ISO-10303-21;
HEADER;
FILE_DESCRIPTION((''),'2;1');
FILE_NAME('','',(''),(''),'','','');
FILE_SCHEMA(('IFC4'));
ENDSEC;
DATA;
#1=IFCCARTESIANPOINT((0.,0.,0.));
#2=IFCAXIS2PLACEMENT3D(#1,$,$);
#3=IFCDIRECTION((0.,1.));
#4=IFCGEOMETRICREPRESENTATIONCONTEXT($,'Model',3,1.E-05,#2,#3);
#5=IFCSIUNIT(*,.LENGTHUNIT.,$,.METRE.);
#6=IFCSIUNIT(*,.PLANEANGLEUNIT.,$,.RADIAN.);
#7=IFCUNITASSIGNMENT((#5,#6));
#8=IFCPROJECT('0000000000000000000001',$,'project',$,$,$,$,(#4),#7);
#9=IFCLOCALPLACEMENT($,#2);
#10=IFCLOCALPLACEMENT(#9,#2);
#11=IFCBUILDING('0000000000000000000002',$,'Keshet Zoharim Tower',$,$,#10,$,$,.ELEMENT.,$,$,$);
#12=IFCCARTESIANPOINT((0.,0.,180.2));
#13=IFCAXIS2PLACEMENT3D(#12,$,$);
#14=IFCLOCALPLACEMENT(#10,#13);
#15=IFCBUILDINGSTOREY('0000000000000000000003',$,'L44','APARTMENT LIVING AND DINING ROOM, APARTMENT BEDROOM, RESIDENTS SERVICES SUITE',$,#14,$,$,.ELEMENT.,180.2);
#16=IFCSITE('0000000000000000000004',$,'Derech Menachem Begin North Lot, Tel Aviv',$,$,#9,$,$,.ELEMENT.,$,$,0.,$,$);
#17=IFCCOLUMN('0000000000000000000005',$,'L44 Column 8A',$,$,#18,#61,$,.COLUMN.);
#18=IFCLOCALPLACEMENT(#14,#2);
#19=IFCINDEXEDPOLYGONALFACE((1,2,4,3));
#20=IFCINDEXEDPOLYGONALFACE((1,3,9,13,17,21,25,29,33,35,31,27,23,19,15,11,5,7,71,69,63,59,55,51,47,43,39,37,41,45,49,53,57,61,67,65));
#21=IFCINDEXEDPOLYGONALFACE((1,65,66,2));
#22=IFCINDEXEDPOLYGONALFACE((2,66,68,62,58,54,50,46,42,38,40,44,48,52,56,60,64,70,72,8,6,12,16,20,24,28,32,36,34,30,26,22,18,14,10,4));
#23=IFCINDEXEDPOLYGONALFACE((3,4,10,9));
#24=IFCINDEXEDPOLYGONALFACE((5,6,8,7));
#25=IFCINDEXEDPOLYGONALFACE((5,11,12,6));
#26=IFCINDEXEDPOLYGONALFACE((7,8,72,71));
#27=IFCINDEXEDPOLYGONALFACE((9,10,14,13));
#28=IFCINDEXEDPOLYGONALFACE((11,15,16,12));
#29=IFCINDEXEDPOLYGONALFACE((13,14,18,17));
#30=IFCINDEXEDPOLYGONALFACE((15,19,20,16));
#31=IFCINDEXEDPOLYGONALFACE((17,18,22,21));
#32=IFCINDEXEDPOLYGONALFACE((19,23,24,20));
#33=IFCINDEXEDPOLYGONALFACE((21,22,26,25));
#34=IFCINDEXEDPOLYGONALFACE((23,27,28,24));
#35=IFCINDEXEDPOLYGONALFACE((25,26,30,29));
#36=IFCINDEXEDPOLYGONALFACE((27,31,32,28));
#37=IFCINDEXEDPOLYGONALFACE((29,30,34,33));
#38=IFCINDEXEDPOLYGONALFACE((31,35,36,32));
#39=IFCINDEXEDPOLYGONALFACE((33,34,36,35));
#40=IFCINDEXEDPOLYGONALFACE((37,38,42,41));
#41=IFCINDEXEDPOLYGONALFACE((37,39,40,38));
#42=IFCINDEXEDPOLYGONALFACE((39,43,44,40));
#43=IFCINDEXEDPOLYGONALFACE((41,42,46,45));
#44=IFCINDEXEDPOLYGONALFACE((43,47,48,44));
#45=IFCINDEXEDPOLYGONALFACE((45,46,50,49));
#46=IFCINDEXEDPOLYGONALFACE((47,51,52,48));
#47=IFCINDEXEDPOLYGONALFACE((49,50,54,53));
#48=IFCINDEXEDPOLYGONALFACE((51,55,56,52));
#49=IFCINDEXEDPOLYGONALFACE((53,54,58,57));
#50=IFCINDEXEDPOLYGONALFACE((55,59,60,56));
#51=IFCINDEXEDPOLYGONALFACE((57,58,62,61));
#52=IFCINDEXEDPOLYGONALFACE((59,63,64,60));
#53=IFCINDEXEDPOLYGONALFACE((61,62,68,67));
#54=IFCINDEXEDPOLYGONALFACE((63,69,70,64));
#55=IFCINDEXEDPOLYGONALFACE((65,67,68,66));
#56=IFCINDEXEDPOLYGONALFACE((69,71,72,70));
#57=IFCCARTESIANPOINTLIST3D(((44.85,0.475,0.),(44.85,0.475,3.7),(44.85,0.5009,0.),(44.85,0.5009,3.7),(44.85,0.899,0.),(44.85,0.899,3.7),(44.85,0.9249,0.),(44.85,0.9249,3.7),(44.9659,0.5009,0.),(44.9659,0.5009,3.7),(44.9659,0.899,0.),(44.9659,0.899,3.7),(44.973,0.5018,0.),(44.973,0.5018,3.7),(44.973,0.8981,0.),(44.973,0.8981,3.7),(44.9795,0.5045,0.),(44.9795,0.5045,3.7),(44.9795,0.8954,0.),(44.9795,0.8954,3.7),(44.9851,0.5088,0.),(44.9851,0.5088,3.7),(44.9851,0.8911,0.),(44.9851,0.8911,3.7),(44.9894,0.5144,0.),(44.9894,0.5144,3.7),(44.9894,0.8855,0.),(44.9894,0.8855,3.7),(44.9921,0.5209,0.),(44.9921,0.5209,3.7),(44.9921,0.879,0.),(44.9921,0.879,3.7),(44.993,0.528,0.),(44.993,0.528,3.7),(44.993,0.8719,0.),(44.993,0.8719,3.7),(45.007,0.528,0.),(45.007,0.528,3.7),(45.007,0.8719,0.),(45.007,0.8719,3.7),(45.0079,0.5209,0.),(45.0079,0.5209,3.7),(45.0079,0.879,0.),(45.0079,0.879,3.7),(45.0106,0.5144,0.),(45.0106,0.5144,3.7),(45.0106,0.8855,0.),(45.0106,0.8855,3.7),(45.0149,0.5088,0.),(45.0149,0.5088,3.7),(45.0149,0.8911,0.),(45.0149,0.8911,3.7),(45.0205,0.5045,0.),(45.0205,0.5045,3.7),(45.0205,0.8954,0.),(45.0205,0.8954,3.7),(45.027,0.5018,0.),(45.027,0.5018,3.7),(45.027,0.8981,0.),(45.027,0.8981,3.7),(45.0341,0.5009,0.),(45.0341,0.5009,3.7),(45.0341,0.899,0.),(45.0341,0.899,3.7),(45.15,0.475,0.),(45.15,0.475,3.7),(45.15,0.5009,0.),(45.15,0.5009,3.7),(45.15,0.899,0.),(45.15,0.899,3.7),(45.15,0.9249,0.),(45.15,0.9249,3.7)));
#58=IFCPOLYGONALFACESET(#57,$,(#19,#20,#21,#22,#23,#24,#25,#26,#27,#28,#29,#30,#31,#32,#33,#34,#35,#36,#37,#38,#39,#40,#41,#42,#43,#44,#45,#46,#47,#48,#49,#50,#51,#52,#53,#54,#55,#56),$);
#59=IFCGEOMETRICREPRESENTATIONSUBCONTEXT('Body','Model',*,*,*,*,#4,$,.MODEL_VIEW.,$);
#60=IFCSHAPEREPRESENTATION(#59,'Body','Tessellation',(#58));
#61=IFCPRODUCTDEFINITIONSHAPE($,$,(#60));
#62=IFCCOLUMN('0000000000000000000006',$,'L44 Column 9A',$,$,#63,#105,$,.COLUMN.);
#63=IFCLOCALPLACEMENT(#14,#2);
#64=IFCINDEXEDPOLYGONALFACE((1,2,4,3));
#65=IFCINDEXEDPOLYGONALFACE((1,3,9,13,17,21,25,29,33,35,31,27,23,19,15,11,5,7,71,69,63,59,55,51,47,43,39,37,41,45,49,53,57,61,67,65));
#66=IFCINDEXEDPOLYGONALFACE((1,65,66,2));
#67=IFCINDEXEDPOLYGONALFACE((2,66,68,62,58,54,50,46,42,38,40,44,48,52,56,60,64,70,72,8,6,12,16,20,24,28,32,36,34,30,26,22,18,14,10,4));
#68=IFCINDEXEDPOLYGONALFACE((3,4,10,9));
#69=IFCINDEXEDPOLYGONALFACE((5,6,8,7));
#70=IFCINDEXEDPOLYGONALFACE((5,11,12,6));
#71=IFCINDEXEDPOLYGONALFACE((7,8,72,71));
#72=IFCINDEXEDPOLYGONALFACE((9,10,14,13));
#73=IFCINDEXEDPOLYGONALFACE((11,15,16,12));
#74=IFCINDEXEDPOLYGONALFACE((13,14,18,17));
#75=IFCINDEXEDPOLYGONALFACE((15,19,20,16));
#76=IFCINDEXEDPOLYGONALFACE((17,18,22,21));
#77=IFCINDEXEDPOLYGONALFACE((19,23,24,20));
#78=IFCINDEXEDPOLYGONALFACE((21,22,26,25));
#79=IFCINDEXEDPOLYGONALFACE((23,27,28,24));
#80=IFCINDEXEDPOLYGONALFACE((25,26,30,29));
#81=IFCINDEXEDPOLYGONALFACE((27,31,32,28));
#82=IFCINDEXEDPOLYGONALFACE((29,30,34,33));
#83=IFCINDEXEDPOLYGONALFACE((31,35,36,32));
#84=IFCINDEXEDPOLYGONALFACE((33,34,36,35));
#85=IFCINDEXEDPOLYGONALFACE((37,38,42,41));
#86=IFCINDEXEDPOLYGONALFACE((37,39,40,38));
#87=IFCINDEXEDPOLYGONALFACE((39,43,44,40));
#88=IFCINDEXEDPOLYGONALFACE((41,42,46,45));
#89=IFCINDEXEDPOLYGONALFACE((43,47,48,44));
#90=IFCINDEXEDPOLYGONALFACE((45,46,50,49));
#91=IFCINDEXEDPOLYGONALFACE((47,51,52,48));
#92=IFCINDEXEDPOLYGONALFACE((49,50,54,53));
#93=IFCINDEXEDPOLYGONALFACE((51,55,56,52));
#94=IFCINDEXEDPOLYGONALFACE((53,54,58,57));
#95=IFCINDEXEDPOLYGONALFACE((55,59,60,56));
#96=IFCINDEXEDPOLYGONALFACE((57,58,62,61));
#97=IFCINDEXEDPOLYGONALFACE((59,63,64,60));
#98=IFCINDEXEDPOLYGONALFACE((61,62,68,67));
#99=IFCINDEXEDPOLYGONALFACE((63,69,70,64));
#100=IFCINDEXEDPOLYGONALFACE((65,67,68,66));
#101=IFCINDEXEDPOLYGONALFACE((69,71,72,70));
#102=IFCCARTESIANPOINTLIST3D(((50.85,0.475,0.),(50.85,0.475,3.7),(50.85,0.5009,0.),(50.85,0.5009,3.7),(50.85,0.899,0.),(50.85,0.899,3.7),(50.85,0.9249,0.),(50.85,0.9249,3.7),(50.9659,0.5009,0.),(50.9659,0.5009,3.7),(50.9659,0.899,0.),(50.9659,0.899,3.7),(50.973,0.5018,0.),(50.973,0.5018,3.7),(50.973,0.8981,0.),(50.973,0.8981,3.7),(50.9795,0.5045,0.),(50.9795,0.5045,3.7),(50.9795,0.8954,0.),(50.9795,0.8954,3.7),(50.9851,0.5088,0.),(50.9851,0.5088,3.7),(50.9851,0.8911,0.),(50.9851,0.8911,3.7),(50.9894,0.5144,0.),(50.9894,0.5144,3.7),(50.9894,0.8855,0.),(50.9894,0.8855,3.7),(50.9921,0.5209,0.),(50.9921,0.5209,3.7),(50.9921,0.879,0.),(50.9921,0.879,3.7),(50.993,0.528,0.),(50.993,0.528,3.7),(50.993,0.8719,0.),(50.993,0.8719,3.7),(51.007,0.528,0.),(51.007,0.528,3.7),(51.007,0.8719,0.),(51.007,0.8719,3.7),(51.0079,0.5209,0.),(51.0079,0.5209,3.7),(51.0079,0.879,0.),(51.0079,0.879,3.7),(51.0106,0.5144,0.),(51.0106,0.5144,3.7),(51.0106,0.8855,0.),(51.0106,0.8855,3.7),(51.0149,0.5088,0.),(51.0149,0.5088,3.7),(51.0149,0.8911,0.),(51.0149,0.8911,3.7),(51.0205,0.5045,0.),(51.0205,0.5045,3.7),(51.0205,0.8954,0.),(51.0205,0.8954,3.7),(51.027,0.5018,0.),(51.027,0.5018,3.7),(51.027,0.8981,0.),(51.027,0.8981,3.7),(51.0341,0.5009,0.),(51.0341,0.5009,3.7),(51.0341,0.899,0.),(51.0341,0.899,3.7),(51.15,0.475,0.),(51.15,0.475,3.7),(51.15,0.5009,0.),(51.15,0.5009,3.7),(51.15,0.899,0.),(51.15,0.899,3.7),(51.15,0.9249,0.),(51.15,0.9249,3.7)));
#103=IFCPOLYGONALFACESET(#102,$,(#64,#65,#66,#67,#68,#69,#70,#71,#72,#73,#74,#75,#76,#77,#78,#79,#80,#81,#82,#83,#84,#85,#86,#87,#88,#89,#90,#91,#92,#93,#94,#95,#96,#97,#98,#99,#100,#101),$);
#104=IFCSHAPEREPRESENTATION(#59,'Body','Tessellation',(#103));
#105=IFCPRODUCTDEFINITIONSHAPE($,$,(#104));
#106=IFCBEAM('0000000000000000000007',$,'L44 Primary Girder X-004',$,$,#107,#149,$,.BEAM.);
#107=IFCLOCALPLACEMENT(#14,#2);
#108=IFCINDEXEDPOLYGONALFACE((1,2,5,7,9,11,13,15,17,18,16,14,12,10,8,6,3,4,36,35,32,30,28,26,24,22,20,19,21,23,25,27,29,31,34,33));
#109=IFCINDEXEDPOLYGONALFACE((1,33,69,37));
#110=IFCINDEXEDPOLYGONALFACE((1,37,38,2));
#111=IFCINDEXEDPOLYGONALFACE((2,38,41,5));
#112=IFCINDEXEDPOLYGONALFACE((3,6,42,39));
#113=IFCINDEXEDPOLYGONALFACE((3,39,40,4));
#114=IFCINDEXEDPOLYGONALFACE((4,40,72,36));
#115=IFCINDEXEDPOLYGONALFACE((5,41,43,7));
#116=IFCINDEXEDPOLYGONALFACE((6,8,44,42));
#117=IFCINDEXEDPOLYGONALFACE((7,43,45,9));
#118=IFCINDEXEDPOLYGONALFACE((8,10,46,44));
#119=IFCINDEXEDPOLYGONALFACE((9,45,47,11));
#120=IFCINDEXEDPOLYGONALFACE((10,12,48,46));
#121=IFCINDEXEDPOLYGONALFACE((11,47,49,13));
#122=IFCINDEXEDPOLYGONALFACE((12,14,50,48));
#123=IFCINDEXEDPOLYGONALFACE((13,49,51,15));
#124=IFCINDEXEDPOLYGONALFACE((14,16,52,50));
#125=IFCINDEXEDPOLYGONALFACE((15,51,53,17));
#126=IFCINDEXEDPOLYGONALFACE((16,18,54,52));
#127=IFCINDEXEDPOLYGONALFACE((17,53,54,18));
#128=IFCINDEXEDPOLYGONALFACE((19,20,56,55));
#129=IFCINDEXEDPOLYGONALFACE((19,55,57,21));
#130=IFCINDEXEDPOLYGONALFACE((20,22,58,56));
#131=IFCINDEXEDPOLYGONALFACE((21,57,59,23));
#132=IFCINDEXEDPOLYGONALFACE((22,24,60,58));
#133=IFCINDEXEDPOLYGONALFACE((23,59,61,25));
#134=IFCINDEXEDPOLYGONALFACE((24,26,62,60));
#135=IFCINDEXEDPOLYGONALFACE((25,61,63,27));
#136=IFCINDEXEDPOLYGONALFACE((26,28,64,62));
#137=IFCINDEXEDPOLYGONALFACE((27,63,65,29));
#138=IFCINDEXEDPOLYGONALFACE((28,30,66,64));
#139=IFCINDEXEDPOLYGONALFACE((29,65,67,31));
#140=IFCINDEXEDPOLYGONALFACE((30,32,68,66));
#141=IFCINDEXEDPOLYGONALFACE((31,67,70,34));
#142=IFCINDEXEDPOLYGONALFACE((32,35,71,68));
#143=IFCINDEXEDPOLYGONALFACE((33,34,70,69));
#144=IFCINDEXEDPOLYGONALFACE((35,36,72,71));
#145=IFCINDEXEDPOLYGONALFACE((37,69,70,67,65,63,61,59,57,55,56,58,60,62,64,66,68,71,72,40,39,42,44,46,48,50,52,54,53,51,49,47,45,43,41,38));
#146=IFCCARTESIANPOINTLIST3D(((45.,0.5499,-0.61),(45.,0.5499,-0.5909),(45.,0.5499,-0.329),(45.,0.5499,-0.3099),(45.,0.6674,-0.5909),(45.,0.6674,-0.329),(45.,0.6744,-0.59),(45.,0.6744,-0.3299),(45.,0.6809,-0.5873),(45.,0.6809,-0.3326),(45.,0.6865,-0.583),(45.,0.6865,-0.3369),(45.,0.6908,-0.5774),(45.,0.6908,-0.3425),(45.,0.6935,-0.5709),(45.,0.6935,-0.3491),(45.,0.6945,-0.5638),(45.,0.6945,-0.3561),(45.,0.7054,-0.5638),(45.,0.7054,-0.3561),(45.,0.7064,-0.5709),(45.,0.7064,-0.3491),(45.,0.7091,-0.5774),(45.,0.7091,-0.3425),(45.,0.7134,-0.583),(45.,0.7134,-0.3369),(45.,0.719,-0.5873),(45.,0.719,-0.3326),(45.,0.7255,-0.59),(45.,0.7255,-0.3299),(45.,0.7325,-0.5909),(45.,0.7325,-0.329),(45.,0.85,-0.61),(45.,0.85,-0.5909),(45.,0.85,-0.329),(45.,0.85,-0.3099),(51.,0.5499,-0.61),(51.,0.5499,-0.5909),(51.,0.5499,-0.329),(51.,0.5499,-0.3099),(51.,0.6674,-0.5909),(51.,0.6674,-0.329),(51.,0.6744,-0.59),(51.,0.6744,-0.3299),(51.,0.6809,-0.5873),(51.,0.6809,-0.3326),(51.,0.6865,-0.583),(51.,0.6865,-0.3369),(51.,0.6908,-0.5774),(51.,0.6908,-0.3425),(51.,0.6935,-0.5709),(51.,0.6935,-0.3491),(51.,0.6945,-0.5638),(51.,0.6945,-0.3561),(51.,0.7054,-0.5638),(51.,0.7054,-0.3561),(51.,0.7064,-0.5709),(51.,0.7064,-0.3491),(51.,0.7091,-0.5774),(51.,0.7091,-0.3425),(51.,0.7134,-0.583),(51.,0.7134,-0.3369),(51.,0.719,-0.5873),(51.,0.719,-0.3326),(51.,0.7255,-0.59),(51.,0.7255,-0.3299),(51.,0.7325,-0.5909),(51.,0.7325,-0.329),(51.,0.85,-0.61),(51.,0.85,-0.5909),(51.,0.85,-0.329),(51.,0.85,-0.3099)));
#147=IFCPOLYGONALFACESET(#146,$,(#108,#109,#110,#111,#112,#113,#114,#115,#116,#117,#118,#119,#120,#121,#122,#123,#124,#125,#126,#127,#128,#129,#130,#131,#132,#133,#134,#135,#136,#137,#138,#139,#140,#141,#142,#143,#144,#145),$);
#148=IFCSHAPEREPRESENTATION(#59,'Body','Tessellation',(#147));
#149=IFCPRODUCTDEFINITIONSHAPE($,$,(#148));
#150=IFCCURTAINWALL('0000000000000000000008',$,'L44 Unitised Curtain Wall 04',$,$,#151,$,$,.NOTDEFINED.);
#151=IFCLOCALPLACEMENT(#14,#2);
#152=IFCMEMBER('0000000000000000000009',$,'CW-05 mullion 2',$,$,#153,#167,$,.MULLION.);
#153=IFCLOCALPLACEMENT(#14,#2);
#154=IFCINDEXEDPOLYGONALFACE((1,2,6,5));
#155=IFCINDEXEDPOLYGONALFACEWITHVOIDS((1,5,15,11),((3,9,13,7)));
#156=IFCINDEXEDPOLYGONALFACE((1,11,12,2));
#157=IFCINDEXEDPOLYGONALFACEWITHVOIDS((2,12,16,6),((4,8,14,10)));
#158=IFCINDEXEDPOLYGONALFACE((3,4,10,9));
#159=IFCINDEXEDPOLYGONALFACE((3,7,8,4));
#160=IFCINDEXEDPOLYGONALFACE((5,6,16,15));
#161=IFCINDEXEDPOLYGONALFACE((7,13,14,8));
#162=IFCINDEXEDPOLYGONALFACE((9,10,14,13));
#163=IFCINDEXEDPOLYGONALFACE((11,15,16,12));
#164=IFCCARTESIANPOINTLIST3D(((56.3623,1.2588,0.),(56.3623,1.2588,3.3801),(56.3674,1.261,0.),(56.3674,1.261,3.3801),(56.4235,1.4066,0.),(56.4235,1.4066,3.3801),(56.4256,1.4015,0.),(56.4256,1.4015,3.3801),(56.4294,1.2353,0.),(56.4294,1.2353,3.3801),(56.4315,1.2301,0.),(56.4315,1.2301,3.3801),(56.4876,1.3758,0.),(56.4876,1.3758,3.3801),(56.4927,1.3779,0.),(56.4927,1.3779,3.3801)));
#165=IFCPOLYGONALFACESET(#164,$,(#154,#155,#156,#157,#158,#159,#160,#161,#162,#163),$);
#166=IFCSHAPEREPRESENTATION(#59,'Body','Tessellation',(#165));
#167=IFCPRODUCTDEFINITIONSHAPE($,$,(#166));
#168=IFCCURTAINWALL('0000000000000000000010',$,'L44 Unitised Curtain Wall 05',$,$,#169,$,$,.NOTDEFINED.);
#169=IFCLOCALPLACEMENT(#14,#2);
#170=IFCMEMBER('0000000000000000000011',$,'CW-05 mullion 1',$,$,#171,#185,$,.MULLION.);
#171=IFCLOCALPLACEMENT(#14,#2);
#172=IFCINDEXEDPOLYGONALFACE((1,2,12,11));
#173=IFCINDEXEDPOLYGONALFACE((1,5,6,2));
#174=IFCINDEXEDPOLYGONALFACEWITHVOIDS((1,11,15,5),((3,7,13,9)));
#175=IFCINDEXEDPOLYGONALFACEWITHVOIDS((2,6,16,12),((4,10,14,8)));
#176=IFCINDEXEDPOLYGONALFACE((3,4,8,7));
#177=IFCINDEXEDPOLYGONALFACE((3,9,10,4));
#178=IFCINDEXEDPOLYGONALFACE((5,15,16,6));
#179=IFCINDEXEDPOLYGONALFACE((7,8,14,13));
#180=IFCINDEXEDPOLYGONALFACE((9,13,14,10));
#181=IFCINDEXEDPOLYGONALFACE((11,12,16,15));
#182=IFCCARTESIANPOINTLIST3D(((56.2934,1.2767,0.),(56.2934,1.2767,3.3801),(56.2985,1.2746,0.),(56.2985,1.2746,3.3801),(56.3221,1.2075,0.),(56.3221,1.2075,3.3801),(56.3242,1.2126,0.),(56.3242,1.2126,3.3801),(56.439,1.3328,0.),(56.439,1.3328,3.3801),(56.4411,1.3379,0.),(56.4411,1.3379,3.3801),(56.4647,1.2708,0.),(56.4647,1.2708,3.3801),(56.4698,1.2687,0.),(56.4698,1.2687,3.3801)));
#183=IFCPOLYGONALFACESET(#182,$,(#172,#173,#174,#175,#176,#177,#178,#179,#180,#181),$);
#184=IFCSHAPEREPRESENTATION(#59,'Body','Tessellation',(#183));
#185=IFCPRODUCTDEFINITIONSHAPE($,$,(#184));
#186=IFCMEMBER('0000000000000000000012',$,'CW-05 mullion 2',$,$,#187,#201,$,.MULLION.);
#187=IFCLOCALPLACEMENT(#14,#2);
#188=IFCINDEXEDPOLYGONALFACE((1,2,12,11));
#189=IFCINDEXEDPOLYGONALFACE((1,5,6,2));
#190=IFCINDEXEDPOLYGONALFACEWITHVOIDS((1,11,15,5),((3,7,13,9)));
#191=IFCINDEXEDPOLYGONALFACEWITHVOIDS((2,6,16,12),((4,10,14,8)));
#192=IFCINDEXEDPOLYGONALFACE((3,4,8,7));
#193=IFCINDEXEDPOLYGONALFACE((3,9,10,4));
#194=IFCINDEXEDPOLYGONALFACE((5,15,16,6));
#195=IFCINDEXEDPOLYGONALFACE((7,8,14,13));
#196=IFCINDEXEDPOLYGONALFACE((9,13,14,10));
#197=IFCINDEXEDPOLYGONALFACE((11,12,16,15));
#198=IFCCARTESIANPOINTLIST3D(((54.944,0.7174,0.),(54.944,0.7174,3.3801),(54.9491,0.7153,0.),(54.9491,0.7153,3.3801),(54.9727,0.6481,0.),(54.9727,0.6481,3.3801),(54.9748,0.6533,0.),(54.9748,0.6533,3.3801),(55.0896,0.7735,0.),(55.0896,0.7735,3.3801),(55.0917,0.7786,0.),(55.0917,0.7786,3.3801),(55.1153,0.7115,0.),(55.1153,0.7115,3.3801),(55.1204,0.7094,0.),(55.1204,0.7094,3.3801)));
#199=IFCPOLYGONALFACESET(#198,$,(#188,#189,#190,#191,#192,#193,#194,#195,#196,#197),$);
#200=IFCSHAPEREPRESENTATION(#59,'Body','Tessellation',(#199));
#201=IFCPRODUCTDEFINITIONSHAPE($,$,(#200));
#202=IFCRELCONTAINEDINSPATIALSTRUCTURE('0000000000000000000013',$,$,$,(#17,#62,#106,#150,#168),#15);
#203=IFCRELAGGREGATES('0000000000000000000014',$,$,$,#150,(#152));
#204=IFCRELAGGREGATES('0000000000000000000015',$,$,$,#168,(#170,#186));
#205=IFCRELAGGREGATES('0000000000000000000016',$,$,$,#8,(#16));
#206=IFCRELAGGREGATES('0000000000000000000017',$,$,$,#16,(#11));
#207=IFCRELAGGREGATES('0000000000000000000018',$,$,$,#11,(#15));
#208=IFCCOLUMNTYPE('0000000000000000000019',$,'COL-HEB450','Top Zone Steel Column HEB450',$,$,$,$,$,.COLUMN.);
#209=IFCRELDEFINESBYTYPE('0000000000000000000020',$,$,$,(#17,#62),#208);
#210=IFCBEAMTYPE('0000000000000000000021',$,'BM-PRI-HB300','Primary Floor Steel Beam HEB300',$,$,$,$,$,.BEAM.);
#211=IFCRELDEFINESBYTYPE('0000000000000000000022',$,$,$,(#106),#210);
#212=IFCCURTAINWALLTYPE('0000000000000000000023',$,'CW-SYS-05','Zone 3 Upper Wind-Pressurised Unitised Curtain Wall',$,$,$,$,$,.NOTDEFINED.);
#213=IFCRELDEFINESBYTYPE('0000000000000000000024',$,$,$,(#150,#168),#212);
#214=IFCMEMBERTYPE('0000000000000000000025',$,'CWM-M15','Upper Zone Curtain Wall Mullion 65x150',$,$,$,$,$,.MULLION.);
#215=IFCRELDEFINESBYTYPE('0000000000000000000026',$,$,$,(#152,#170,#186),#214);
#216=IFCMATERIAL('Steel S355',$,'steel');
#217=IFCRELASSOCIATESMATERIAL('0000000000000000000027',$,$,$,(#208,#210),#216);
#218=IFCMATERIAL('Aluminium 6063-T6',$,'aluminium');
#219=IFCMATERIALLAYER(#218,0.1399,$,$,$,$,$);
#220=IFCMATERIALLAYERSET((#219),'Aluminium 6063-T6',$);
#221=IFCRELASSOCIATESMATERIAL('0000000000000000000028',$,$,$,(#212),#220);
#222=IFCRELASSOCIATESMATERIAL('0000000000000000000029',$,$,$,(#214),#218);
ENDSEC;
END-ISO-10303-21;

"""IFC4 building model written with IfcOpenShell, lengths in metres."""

from ifc_helpers import new_model, si_unit, direction, frame, origin, origin_2d, place, context, subcontext, project, spatial, hollow_rectangle, i_section, extrude, material, layer, layer_set, material_profile, profile_set, type_object, element, aggregate, save


model = new_model("IFC4")

# Units and contexts
model_context = context("Model", 3, precision=1e-05, world=origin(), true_north=direction((0.0, 1.0)))
body_context = subcontext(model_context, "Body", "Model", "MODEL_VIEW")
ifc_project = project(units=[si_unit("LENGTHUNIT", "METRE"), si_unit("PLANEANGLEUNIT", "RADIAN")], contexts=[model_context])

# Site, building, storey
site_placement = place(None, origin())
site = spatial("IfcSite", under=ifc_project, at=site_placement, Name="Derech Menachem Begin North Lot, Tel Aviv", CompositionType="ELEMENT", RefElevation=0.0)
building_placement = place(site_placement, origin())
building = spatial("IfcBuilding", under=site, at=building_placement, Name="Keshet Zoharim Tower", CompositionType="ELEMENT")
storey_placement = place(building_placement, frame((0.0, 0.0, 180.2)))
storey = spatial("IfcBuildingStorey", under=building, at=storey_placement, Name="L44", Description="APARTMENT LIVING AND DINING ROOM, APARTMENT BEDROOM, RESIDENTS SERVICES SUITE", CompositionType="ELEMENT", Elevation=180.2)

# Columns
ifc_material_1 = material(Name="Steel S355", Category="steel")
ifc_material_profile_1 = material_profile(ifc_material_1, i_section(OverallWidth=0.3, OverallDepth=0.45, WebThickness=0.0139, FlangeThickness=0.0259, FilletRadius=0.0271, at=origin_2d()), Name="HEB450")
ifc_profile_set_1 = profile_set([ifc_material_profile_1], Name="Steel S355")
column_type = type_object("IfcColumnType", Name="COL-HEB450", Description="Top Zone Steel Column HEB450", PredefinedType="COLUMN", material=ifc_profile_set_1)
for number, where, z_axis, x_axis, name in (
    (1, (45.0, 0.7, 0.0), (0.0, 0.0, 1.0), (1.0, 0.0, 0.0), "L44 Column 8A"),
    (2, (51.0, 0.7, 0.0), (0.0, 0.0, 1.0), (1.0, 0.0, 0.0), "L44 Column 9A"),
):
    element("IfcColumn", number, at=place(storey_placement, frame(where, z_axis=z_axis, x_axis=x_axis)), inside=storey, type_object=column_type, Name=name, PredefinedType="COLUMN", context=body_context, shape_type="SweptSolid", body=[
        extrude(i_section(OverallWidth=0.3, OverallDepth=0.45, WebThickness=0.0139, FlangeThickness=0.0259, FilletRadius=0.0271, at=origin_2d()), origin(), (0.0, 0.0, 1.0), 3.7),
    ])

# Beam
ifc_material_profile_2 = material_profile(ifc_material_1, i_section(OverallWidth=0.3, OverallDepth=0.3, WebThickness=0.011, FlangeThickness=0.019, FilletRadius=0.0271, at=origin_2d()), Name="HEB300")
ifc_profile_set_2 = profile_set([ifc_material_profile_2], Name="Steel S355")
beam_type = type_object("IfcBeamType", Name="BM-PRI-HB300", Description="Primary Floor Steel Beam HEB300", PredefinedType="BEAM", material=ifc_profile_set_2)
beam_placement = place(storey_placement, frame((45.0, 0.7, -0.46), z_axis=(1.0, 0.0, 0.0), x_axis=(0.0, 1.0, 0.0)))
element("IfcBeam", 3, at=beam_placement, inside=storey, type_object=beam_type, Name="L44 Primary Girder X-004", PredefinedType="BEAM", context=body_context, shape_type="SweptSolid", body=[
    extrude(i_section(OverallWidth=0.3, OverallDepth=0.3, WebThickness=0.011, FlangeThickness=0.019, FilletRadius=0.0271, at=origin_2d()), origin(), (0.0, 0.0, 1.0), 6.0),
])

# Curtain wall, member
ifc_material_2 = material(Name="Aluminium 6063-T6", Category="aluminium")
ifc_layer_1 = layer(ifc_material_2, 0.1399)
ifc_layer_set_1 = layer_set([ifc_layer_1], Name="Aluminium 6063-T6")
curtain_wall_type = type_object("IfcCurtainWallType", Name="CW-SYS-05", Description="Zone 3 Upper Wind-Pressurised Unitised Curtain Wall", PredefinedType="NOTDEFINED", material=ifc_layer_set_1)
curtain_wall_1_placement = place(storey_placement, origin())
curtain_wall_1 = element("IfcCurtainWall", 4, at=curtain_wall_1_placement, inside=storey, type_object=curtain_wall_type, Name="L44 Unitised Curtain Wall 04", PredefinedType="NOTDEFINED")
ifc_material_profile_3 = material_profile(ifc_material_2, hollow_rectangle(XDim=0.075, YDim=0.1599, WallThickness=0.0039, at=origin_2d()), Name="MUL-75x160")
ifc_profile_set_3 = profile_set([ifc_material_profile_3], Name="Aluminium 6063-T6")
member_type_1 = type_object("IfcMemberType", Name="CWM-M15", Description="Upper Zone Curtain Wall Mullion 65x150", PredefinedType="MULLION", material=ifc_profile_set_3)
member_1_placement = place(storey_placement, frame((56.4275, 1.3184, 0.0), z_axis=(0.0, 0.0, 1.0), x_axis=(0.92381, -0.382852, 0.0)))
member_1 = element("IfcMember", 5, at=member_1_placement, type_object=member_type_1, Name="CW-05 mullion 2", PredefinedType="MULLION", context=body_context, shape_type="SweptSolid", body=[
    extrude(hollow_rectangle(XDim=0.075, YDim=0.1599, WallThickness=0.0039, at=origin_2d()), origin(), (0.0, 0.0, 1.0), 3.3801),
])

# Curtain wall, members
curtain_wall_2_placement = place(storey_placement, origin())
curtain_wall_2 = element("IfcCurtainWall", 6, at=curtain_wall_2_placement, inside=storey, type_object=curtain_wall_type, Name="L44 Unitised Curtain Wall 05", PredefinedType="NOTDEFINED")
member_2_placement = place(storey_placement, frame((56.3816, 1.2727, 0.0), z_axis=(0.0, 0.0, 1.0), x_axis=(0.382852, -0.92381, 0.0)))
member_2 = element("IfcMember", 7, at=member_2_placement, type_object=member_type_1, Name="CW-05 mullion 1", PredefinedType="MULLION", context=body_context, shape_type="SweptSolid", body=[
    extrude(hollow_rectangle(XDim=0.075, YDim=0.1599, WallThickness=0.0039, at=origin_2d()), origin(), (0.0, 0.0, 1.0), 3.3801),
])
member_3_placement = place(storey_placement, frame((55.0322, 0.7134, 0.0), z_axis=(0.0, 0.0, 1.0), x_axis=(0.382852, -0.92381, 0.0)))
member_3 = element("IfcMember", 8, at=member_3_placement, type_object=member_type_1, Name="CW-05 mullion 2", PredefinedType="MULLION", context=body_context, shape_type="SweptSolid", body=[
    extrude(hollow_rectangle(XDim=0.075, YDim=0.1599, WallThickness=0.0039, at=origin_2d()), origin(), (0.0, 0.0, 1.0), 3.3801),
])

aggregate(curtain_wall_1, [member_1])
aggregate(curtain_wall_2, [member_2, member_3])

save(model, "model.ifc")
